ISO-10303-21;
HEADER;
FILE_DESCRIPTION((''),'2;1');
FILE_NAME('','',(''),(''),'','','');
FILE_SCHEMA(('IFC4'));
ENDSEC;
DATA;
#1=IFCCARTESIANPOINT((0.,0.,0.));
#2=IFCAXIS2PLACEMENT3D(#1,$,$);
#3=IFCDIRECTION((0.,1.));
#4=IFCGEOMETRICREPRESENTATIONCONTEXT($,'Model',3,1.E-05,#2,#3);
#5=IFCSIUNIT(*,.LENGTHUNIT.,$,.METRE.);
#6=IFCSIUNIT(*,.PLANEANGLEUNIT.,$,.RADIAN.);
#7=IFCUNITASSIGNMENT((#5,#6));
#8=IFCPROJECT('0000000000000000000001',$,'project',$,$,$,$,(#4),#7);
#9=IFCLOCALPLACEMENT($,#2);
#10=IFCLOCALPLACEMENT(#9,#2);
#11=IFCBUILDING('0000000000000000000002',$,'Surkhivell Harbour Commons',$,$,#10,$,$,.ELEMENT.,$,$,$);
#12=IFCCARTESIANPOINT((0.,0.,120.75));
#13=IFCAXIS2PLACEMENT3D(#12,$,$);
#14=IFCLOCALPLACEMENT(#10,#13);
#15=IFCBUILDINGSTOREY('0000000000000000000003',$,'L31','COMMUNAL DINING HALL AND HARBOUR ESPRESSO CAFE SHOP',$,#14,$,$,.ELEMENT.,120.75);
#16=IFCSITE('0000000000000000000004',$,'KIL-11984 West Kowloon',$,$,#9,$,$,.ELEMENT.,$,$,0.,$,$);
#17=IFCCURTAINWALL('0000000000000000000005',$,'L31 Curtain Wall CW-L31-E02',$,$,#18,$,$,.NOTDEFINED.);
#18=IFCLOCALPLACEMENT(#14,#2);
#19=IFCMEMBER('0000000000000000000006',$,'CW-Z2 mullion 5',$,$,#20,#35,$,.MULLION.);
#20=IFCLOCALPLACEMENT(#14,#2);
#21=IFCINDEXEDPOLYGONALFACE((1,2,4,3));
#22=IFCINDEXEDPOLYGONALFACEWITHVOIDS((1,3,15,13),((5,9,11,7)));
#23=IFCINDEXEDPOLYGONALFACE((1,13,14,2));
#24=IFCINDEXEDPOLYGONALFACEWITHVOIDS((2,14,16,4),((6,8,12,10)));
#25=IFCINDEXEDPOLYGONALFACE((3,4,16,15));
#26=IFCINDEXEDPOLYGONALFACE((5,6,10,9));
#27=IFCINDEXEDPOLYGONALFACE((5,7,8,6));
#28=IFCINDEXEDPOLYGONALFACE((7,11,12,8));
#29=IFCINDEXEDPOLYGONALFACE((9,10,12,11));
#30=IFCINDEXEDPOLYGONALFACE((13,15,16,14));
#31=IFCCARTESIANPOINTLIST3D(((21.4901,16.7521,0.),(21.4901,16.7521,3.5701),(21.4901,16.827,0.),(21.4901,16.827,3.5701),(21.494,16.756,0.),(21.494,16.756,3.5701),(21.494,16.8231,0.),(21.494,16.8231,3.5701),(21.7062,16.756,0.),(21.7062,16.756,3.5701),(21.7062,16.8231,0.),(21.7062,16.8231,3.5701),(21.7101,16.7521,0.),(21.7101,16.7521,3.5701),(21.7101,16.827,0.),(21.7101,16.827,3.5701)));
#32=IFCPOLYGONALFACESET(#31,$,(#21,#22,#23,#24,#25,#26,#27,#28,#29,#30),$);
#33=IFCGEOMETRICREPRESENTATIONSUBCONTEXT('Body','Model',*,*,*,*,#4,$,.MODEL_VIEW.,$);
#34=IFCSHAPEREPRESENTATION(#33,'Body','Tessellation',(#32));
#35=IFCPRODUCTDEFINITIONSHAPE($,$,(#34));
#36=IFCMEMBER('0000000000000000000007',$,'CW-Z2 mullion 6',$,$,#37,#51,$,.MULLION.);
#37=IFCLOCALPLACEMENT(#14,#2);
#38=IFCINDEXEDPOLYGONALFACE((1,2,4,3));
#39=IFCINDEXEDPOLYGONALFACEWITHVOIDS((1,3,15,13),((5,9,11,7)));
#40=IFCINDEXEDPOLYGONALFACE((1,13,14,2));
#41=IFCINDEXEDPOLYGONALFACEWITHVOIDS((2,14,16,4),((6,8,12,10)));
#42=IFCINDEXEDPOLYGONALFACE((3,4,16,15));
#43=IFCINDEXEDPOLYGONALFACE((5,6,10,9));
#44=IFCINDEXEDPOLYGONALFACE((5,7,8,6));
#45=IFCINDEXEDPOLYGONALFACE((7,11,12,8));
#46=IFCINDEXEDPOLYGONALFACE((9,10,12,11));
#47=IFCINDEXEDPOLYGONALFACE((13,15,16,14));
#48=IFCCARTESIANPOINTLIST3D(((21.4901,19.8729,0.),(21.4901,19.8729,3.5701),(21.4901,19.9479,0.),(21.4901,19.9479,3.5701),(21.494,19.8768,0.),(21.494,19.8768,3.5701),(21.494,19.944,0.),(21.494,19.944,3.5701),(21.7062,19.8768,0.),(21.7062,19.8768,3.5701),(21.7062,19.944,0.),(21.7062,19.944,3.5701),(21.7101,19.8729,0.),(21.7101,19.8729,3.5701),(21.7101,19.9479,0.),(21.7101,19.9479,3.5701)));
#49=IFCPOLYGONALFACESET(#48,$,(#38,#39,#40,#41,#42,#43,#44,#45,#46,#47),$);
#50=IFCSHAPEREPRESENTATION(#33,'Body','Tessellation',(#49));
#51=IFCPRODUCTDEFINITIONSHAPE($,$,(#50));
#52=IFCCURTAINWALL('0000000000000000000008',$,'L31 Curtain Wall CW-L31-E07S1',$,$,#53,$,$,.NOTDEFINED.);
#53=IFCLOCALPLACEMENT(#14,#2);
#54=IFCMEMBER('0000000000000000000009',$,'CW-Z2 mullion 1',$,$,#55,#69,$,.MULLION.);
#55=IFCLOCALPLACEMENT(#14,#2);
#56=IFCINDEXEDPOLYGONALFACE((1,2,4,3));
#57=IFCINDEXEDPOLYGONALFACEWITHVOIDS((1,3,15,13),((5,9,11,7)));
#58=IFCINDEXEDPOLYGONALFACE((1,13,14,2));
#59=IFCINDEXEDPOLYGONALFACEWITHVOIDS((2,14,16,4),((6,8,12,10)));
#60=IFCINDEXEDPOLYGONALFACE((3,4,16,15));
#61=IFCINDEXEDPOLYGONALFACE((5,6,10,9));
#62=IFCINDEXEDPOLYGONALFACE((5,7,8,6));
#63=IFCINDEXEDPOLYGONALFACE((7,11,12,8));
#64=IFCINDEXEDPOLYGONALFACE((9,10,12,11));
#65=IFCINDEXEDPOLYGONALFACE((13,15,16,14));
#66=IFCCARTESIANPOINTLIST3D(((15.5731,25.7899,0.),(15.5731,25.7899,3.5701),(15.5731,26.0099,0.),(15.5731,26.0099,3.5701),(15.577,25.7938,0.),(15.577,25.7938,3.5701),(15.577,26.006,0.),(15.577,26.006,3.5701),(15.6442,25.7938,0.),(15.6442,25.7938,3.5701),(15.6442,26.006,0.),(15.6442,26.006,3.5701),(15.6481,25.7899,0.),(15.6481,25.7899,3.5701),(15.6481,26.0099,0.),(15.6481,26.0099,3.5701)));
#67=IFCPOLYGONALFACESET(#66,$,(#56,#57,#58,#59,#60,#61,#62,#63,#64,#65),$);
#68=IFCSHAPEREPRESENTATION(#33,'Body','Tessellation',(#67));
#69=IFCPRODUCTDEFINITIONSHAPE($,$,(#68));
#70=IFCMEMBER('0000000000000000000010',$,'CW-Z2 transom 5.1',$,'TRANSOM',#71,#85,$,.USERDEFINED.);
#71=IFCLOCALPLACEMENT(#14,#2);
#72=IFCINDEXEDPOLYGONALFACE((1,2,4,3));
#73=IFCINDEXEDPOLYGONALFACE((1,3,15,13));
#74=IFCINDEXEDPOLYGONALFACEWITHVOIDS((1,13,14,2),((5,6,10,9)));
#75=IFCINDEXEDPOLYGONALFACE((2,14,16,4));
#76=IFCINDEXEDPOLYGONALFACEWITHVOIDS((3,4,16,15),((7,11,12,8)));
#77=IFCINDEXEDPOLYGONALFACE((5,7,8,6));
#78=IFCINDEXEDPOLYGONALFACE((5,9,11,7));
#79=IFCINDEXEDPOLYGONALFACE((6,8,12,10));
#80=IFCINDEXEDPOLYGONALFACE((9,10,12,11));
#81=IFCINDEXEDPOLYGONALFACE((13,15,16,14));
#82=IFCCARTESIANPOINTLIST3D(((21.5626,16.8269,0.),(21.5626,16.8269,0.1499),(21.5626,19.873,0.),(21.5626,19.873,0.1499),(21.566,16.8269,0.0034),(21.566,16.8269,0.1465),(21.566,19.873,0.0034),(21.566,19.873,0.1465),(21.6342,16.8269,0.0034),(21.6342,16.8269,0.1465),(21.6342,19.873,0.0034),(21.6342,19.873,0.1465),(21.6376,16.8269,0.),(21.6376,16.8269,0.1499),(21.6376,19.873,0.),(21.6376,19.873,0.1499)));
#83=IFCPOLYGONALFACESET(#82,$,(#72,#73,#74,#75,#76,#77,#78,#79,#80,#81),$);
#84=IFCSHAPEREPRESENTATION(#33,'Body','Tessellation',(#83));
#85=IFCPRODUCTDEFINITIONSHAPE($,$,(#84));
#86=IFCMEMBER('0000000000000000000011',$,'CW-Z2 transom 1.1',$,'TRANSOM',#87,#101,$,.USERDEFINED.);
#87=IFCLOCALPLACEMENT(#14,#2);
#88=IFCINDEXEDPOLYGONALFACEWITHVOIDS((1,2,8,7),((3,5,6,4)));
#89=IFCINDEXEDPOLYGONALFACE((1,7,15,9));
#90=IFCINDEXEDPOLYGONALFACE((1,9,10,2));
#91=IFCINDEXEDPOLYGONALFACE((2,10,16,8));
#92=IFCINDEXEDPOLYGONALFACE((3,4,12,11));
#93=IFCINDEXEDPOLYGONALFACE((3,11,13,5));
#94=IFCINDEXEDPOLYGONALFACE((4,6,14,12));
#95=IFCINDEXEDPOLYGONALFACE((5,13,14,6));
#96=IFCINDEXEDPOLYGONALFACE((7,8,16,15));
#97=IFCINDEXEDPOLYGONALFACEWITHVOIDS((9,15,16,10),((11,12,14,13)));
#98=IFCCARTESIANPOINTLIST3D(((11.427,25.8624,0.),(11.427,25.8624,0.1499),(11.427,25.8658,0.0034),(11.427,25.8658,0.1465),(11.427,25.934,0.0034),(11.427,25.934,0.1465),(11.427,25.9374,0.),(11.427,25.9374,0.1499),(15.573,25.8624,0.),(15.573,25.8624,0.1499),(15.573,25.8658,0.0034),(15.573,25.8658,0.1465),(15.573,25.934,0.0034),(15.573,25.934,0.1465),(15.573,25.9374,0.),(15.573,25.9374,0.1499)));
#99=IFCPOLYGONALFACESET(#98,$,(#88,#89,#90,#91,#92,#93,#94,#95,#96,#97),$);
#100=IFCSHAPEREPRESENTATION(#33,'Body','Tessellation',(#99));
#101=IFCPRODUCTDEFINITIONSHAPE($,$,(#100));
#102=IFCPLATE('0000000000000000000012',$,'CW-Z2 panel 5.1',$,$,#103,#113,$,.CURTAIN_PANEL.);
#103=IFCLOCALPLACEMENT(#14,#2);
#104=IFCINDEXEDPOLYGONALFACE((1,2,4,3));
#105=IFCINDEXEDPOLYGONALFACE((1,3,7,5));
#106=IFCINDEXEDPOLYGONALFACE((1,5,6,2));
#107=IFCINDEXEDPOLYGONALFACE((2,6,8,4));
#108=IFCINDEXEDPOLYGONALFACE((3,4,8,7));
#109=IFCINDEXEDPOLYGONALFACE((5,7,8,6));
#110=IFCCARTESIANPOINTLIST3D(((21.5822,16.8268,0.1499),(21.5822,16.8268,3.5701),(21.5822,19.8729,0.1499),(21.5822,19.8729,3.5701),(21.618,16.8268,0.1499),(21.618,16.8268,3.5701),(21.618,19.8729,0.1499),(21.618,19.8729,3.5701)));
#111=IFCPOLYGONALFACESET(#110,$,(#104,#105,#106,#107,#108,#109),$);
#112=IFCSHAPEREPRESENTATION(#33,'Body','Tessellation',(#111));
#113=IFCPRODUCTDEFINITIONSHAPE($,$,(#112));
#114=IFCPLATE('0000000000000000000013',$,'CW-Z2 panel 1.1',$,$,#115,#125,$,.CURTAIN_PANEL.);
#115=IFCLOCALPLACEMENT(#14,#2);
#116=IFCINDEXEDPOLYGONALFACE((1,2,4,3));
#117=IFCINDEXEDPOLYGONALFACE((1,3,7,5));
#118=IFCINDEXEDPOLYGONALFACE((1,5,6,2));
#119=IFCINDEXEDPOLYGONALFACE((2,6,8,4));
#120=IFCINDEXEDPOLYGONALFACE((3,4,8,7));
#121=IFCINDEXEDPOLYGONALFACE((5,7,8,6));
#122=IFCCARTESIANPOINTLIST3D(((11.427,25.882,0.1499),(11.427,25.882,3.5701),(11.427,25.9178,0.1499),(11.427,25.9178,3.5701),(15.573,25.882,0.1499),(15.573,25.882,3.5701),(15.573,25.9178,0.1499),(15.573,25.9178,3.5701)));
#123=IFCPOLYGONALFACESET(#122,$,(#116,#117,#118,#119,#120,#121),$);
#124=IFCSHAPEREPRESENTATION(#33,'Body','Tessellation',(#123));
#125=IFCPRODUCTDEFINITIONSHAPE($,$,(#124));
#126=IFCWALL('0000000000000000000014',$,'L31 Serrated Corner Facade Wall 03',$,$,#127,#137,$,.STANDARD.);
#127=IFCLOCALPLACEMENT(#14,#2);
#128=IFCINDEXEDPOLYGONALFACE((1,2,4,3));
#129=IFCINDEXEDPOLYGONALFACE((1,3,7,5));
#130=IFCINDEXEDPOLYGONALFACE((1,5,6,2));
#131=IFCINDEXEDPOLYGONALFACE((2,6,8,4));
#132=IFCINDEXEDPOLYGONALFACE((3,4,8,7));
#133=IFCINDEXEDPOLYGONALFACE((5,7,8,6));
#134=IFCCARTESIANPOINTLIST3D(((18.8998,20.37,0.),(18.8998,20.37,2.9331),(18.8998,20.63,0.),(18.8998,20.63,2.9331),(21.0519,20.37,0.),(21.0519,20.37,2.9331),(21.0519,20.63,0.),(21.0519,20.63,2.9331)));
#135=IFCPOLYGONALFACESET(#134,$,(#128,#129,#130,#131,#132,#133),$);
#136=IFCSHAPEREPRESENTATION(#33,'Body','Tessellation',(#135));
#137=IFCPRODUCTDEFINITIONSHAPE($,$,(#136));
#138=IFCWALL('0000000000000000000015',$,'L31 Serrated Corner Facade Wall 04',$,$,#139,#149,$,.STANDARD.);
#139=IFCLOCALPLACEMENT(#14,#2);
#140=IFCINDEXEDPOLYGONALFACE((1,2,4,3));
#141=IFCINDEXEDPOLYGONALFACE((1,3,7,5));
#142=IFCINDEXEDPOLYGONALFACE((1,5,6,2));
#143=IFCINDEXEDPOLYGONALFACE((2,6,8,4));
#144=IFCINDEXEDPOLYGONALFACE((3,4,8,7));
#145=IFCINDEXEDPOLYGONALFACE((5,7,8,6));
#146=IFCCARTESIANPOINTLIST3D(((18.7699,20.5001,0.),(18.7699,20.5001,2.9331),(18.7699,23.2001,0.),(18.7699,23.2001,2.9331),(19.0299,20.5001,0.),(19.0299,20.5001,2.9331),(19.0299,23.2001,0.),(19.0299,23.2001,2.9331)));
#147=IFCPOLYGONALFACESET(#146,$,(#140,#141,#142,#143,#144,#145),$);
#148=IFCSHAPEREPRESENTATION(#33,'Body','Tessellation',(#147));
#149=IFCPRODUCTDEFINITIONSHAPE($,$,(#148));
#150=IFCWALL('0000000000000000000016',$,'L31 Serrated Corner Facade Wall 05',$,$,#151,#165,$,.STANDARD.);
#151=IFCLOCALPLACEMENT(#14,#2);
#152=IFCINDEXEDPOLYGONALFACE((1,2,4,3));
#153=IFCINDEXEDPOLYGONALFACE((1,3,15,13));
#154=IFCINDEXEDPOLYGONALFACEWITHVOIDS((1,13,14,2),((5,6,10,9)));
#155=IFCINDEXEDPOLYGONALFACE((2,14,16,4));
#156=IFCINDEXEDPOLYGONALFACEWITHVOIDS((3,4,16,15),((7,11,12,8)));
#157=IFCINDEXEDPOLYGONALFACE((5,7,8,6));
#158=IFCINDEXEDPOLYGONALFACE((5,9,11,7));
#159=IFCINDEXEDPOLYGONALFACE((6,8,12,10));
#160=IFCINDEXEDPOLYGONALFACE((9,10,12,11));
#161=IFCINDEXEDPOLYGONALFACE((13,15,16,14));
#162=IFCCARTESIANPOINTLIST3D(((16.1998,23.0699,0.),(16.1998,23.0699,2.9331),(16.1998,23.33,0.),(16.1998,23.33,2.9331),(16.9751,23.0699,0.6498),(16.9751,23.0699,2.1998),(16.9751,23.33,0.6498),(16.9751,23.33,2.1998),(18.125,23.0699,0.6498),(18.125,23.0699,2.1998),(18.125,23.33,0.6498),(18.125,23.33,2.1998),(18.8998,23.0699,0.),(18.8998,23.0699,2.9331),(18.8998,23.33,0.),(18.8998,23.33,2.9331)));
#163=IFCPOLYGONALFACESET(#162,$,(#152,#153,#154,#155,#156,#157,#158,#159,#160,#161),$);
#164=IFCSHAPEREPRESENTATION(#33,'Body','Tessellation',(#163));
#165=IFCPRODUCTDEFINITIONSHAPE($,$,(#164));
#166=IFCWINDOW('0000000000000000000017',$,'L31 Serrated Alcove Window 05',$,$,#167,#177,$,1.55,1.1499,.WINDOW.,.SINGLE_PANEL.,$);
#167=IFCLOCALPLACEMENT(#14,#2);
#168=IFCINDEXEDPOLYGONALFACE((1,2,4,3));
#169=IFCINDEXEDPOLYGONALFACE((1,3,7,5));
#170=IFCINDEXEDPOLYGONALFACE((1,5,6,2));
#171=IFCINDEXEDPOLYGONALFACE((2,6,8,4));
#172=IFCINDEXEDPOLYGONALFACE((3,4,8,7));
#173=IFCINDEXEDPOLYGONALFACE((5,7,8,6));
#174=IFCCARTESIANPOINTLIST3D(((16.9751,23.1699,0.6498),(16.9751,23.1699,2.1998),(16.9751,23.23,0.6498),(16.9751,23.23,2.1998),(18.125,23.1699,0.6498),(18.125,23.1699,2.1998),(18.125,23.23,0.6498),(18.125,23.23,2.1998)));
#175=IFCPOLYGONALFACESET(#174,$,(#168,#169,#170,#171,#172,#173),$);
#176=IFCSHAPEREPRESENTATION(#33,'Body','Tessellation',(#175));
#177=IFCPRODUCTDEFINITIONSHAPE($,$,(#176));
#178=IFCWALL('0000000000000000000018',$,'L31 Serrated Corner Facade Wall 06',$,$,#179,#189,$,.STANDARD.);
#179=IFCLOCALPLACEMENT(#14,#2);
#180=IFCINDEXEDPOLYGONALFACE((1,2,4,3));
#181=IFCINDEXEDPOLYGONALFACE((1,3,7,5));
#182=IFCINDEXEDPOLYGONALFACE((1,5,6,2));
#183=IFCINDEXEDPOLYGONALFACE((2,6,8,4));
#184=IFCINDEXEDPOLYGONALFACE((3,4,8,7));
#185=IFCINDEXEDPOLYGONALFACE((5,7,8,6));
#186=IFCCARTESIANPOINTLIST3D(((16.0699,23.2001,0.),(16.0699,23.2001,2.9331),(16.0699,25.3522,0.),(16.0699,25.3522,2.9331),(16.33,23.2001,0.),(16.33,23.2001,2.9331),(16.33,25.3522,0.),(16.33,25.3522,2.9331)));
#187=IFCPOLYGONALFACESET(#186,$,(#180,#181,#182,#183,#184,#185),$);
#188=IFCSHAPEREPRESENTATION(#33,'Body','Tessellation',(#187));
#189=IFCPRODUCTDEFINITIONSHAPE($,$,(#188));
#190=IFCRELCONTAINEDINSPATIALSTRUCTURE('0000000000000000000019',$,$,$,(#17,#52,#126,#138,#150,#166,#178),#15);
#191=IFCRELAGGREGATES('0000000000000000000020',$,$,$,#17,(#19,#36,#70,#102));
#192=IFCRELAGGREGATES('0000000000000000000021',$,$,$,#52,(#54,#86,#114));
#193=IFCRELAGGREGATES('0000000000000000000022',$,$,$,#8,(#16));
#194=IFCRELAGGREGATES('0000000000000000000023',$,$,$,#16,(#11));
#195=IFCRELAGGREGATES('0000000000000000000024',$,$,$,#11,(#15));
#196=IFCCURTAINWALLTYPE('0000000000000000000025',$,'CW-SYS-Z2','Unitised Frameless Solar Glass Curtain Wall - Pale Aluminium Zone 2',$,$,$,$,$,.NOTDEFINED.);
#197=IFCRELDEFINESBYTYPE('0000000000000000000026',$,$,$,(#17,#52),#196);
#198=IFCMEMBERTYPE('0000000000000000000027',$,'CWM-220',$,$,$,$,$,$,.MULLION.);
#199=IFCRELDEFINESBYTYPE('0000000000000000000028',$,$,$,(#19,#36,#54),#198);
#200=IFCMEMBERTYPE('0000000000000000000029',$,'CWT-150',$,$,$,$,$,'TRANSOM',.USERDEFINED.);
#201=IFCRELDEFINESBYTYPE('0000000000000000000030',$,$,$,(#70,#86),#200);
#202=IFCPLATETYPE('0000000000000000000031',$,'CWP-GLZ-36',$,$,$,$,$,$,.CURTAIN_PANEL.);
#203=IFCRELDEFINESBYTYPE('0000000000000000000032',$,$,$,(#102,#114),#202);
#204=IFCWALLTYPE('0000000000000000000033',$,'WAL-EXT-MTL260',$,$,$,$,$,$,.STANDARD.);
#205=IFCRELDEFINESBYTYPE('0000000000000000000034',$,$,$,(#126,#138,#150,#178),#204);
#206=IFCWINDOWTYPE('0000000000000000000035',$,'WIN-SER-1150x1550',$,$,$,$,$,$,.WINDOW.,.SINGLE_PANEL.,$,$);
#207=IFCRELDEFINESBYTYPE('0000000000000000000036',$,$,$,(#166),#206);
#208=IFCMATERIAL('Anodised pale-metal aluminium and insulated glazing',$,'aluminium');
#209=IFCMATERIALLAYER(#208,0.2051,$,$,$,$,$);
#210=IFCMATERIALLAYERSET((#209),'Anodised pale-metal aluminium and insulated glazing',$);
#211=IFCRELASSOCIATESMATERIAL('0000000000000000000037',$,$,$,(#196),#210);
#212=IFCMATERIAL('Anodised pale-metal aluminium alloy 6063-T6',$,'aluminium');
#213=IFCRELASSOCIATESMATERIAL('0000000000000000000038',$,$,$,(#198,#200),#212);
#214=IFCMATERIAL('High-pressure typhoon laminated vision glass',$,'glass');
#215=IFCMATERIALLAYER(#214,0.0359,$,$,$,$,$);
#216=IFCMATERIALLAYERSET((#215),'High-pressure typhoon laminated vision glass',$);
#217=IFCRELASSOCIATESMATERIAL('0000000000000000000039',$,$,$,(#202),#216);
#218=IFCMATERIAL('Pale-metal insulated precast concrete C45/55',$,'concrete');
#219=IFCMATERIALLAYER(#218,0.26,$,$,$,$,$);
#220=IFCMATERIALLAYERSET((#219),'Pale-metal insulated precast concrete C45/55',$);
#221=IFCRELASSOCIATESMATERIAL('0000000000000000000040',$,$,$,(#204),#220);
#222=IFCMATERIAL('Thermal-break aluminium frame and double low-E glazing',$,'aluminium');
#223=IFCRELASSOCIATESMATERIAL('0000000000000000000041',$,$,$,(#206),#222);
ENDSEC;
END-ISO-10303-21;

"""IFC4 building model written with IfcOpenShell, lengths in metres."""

from ifc_helpers import new_model, si_unit, direction, frame, frame_2d, origin, origin_2d, place, context, subcontext, project, spatial, rectangle, hollow_rectangle, extrude, material, layer, layer_set, material_profile, profile_set, type_object, element, fill, aggregate, save


model = new_model("IFC4")

# Units and contexts
model_context = context("Model", 3, precision=1e-05, world=origin(), true_north=direction((0.0, 1.0)))
body_context = subcontext(model_context, "Body", "Model", "MODEL_VIEW")
ifc_project = project(units=[si_unit("LENGTHUNIT", "METRE"), si_unit("PLANEANGLEUNIT", "RADIAN")], contexts=[model_context])

# Site, building, storey
site_placement = place(None, origin())
site = spatial("IfcSite", under=ifc_project, at=site_placement, Name="KIL-11984 West Kowloon", CompositionType="ELEMENT", RefElevation=0.0)
building_placement = place(site_placement, origin())
building = spatial("IfcBuilding", under=site, at=building_placement, Name="Surkhivell Harbour Commons", CompositionType="ELEMENT")
storey_placement = place(building_placement, frame((0.0, 0.0, 120.75)))
storey = spatial("IfcBuildingStorey", under=building, at=storey_placement, Name="L31", Description="COMMUNAL DINING HALL AND HARBOUR ESPRESSO CAFE SHOP", CompositionType="ELEMENT", Elevation=120.75)

# Curtain wall, members
ifc_material_1 = material(Name="Anodised pale-metal aluminium and insulated glazing", Category="aluminium")
ifc_layer_1 = layer(ifc_material_1, 0.2051)
ifc_layer_set_1 = layer_set([ifc_layer_1], Name="Anodised pale-metal aluminium and insulated glazing")
curtain_wall_type = type_object("IfcCurtainWallType", Name="CW-SYS-Z2", Description="Unitised Frameless Solar Glass Curtain Wall - Pale Aluminium Zone 2", PredefinedType="NOTDEFINED", material=ifc_layer_set_1)
curtain_wall_1_placement = place(storey_placement, origin())
curtain_wall_1 = element("IfcCurtainWall", 1, at=curtain_wall_1_placement, inside=storey, type_object=curtain_wall_type, Name="L31 Curtain Wall CW-L31-E02", PredefinedType="NOTDEFINED")
ifc_material_2 = material(Name="Anodised pale-metal aluminium alloy 6063-T6", Category="aluminium")
ifc_material_profile_1 = material_profile(ifc_material_2, hollow_rectangle(XDim=0.075, YDim=0.22, WallThickness=0.0039, at=origin_2d()), Name="ALU-MULL-75x220")
ifc_profile_set_1 = profile_set([ifc_material_profile_1], Name="Anodised pale-metal aluminium alloy 6063-T6")
member_type_1 = type_object("IfcMemberType", Name="CWM-220", PredefinedType="MULLION", material=ifc_profile_set_1)
member_1_placement = place(storey_placement, frame((21.6001, 16.7896, 0.0), z_axis=(0.0, 0.0, 1.0), x_axis=(0.0, 1.0, 0.0)))
member_1 = element("IfcMember", 2, at=member_1_placement, type_object=member_type_1, Name="CW-Z2 mullion 5", PredefinedType="MULLION", context=body_context, shape_type="SweptSolid", body=[
    extrude(hollow_rectangle(XDim=0.075, YDim=0.22, WallThickness=0.0039, at=origin_2d()), origin(), (0.0, 0.0, 1.0), 3.5701),
])
member_2_placement = place(storey_placement, frame((21.6001, 19.9104, 0.0), z_axis=(0.0, 0.0, 1.0), x_axis=(0.0, 1.0, 0.0)))
member_2 = element("IfcMember", 3, at=member_2_placement, type_object=member_type_1, Name="CW-Z2 mullion 6", PredefinedType="MULLION", context=body_context, shape_type="SweptSolid", body=[
    extrude(hollow_rectangle(XDim=0.075, YDim=0.22, WallThickness=0.0039, at=origin_2d()), origin(), (0.0, 0.0, 1.0), 3.5701),
])

# Curtain wall, member
curtain_wall_2_placement = place(storey_placement, origin())
curtain_wall_2 = element("IfcCurtainWall", 4, at=curtain_wall_2_placement, inside=storey, type_object=curtain_wall_type, Name="L31 Curtain Wall CW-L31-E07S1", PredefinedType="NOTDEFINED")
member_3_placement = place(storey_placement, frame((15.6106, 25.8999, 0.0), z_axis=(0.0, 0.0, 1.0), x_axis=(-1.0, 0.0, 0.0)))
member_3 = element("IfcMember", 5, at=member_3_placement, type_object=member_type_1, Name="CW-Z2 mullion 1", PredefinedType="MULLION", context=body_context, shape_type="SweptSolid", body=[
    extrude(hollow_rectangle(XDim=0.075, YDim=0.22, WallThickness=0.0039, at=origin_2d()), origin(), (0.0, 0.0, 1.0), 3.5701),
])

# Members
ifc_material_profile_2 = material_profile(ifc_material_2, hollow_rectangle(XDim=0.075, YDim=0.1499, WallThickness=0.0034, at=origin_2d()), Name="ALU-TRAN-75x150")
ifc_profile_set_2 = profile_set([ifc_material_profile_2], Name="Anodised pale-metal aluminium alloy 6063-T6")
member_type_2 = type_object("IfcMemberType", Name="CWT-150", ElementType="TRANSOM", PredefinedType="USERDEFINED", material=ifc_profile_set_2)
member_4_placement = place(storey_placement, frame((21.6001, 16.8269, 0.075), z_axis=(0.0, 1.0, 0.0), x_axis=(-1.0, 0.0, 0.0)))
member_4 = element("IfcMember", 6, at=member_4_placement, type_object=member_type_2, Name="CW-Z2 transom 5.1", ObjectType="TRANSOM", PredefinedType="USERDEFINED", context=body_context, shape_type="SweptSolid", body=[
    extrude(hollow_rectangle(XDim=0.075, YDim=0.1499, WallThickness=0.0034, at=origin_2d()), origin(), (0.0, 0.0, 1.0), 3.0461),
])
member_5_placement = place(storey_placement, frame((15.573, 25.8999, 0.075), z_axis=(-1.0, 0.0, 0.0), x_axis=(0.0, -1.0, 0.0)))
member_5 = element("IfcMember", 7, at=member_5_placement, type_object=member_type_2, Name="CW-Z2 transom 1.1", ObjectType="TRANSOM", PredefinedType="USERDEFINED", context=body_context, shape_type="SweptSolid", body=[
    extrude(hollow_rectangle(XDim=0.075, YDim=0.1499, WallThickness=0.0034, at=origin_2d()), origin(), (0.0, 0.0, 1.0), 4.146),
])

# Plates
ifc_material_3 = material(Name="High-pressure typhoon laminated vision glass", Category="glass")
ifc_layer_2 = layer(ifc_material_3, 0.0359)
ifc_layer_set_2 = layer_set([ifc_layer_2], Name="High-pressure typhoon laminated vision glass")
plate_type = type_object("IfcPlateType", Name="CWP-GLZ-36", PredefinedType="CURTAIN_PANEL", material=ifc_layer_set_2)
plate_1_placement = place(storey_placement, frame((21.6001, 16.8269, 0.1499), z_axis=(0.0, 0.0, 1.0), x_axis=(0.0, 1.0, 0.0)))
plate_1 = element("IfcPlate", 8, at=plate_1_placement, type_object=plate_type, Name="CW-Z2 panel 5.1", PredefinedType="CURTAIN_PANEL", context=body_context, shape_type="SweptSolid", body=[
    extrude(rectangle(XDim=3.0461, YDim=0.0359, at=frame_2d((1.5229, 0.0))), origin(), (0.0, 0.0, 1.0), 3.4202),
])
aggregate(curtain_wall_1, [member_1, member_2, member_4, plate_1])
plate_2_placement = place(storey_placement, frame((15.573, 25.8999, 0.1499), z_axis=(0.0, 0.0, 1.0), x_axis=(-1.0, 0.0, 0.0)))
plate_2 = element("IfcPlate", 9, at=plate_2_placement, type_object=plate_type, Name="CW-Z2 panel 1.1", PredefinedType="CURTAIN_PANEL", context=body_context, shape_type="SweptSolid", body=[
    extrude(rectangle(XDim=4.146, YDim=0.0359, at=frame_2d((2.073, 0.0))), origin(), (0.0, 0.0, 1.0), 3.4202),
])
aggregate(curtain_wall_2, [member_3, member_5, plate_2])

# Walls
ifc_material_4 = material(Name="Pale-metal insulated precast concrete C45/55", Category="concrete")
ifc_layer_3 = layer(ifc_material_4, 0.26)
ifc_layer_set_3 = layer_set([ifc_layer_3], Name="Pale-metal insulated precast concrete C45/55")
wall_type_1 = type_object("IfcWallType", Name="WAL-EXT-MTL260", PredefinedType="STANDARD", material=ifc_layer_set_3)
wall_1_placement = place(storey_placement, frame((21.052, 20.5, 0.0), z_axis=(0.0, 0.0, 1.0), x_axis=(-1.0, 0.0, 0.0)))
element("IfcWall", 10, at=wall_1_placement, inside=storey, type_object=wall_type_1, Name="L31 Serrated Corner Facade Wall 03", PredefinedType="STANDARD", context=body_context, shape_type="SweptSolid", body=[
    extrude(rectangle(XDim=2.1521, YDim=0.26, at=frame_2d((1.0762, 0.0))), origin(), (0.0, 0.0, 1.0), 2.9331),
])
wall_2_placement = place(storey_placement, frame((18.8999, 20.5, 0.0), z_axis=(0.0, 0.0, 1.0), x_axis=(0.0, 1.0, 0.0)))
element("IfcWall", 11, at=wall_2_placement, inside=storey, type_object=wall_type_1, Name="L31 Serrated Corner Facade Wall 04", PredefinedType="STANDARD", context=body_context, shape_type="SweptSolid", body=[
    extrude(rectangle(XDim=2.7, YDim=0.26, at=frame_2d((1.3501, 0.0))), origin(), (0.0, 0.0, 1.0), 2.9331),
])

# Wall, opening, window
wall_3_placement = place(storey_placement, frame((18.8999, 23.2, 0.0), z_axis=(0.0, 0.0, 1.0), x_axis=(-1.0, 0.0, 0.0)))
wall_3 = element("IfcWall", 12, at=wall_3_placement, inside=storey, type_object=wall_type_1, Name="L31 Serrated Corner Facade Wall 05", PredefinedType="STANDARD", context=body_context, shape_type="SweptSolid", body=[
    extrude(rectangle(XDim=2.7, YDim=0.26, at=frame_2d((1.3501, 0.0))), origin(), (0.0, 0.0, 1.0), 2.9331),
])
opening_placement = place(wall_3_placement, frame((0.7749, 0.0, 0.6499)))
opening = element("IfcOpeningElement", 13, at=opening_placement, cuts=wall_3, PredefinedType="OPENING", context=body_context, shape_type="SweptSolid", body=[
    extrude(rectangle(XDim=1.1499, YDim=1.55, at=frame_2d((0.575, 0.7749))), frame((0.0, 0.1399, 0.0), z_axis=(0.0, -1.0, 0.0), x_axis=(1.0, 0.0, 0.0)), (0.0, 0.0, 1.0), 0.28),
])
ifc_material_5 = material(Name="Thermal-break aluminium frame and double low-E glazing", Category="aluminium")
window_type = type_object("IfcWindowType", Name="WIN-SER-1150x1550", PartitioningType="SINGLE_PANEL", PredefinedType="WINDOW", material=ifc_material_5)
window_placement = place(opening_placement, origin())
window = element("IfcWindow", 14, at=window_placement, inside=storey, type_object=window_type, Name="L31 Serrated Alcove Window 05", OverallHeight=1.55, OverallWidth=1.1499, PartitioningType="SINGLE_PANEL", PredefinedType="WINDOW", context=body_context, shape_type="SweptSolid", body=[
    extrude(rectangle(XDim=1.1499, YDim=1.55, at=frame_2d((0.575, 0.7749))), frame((0.0, 0.03, 0.0), z_axis=(0.0, -1.0, 0.0), x_axis=(1.0, 0.0, 0.0)), (0.0, 0.0, 1.0), 0.0601),
])
fill(opening, window)

# Wall
wall_4_placement = place(storey_placement, frame((16.2, 23.2, 0.0), z_axis=(0.0, 0.0, 1.0), x_axis=(0.0, 1.0, 0.0)))
element("IfcWall", 15, at=wall_4_placement, inside=storey, type_object=wall_type_1, Name="L31 Serrated Corner Facade Wall 06", PredefinedType="STANDARD", context=body_context, shape_type="SweptSolid", body=[
    extrude(rectangle(XDim=2.1521, YDim=0.26, at=frame_2d((1.0762, 0.0))), origin(), (0.0, 0.0, 1.0), 2.9331),
])

save(model, "model.ifc")
